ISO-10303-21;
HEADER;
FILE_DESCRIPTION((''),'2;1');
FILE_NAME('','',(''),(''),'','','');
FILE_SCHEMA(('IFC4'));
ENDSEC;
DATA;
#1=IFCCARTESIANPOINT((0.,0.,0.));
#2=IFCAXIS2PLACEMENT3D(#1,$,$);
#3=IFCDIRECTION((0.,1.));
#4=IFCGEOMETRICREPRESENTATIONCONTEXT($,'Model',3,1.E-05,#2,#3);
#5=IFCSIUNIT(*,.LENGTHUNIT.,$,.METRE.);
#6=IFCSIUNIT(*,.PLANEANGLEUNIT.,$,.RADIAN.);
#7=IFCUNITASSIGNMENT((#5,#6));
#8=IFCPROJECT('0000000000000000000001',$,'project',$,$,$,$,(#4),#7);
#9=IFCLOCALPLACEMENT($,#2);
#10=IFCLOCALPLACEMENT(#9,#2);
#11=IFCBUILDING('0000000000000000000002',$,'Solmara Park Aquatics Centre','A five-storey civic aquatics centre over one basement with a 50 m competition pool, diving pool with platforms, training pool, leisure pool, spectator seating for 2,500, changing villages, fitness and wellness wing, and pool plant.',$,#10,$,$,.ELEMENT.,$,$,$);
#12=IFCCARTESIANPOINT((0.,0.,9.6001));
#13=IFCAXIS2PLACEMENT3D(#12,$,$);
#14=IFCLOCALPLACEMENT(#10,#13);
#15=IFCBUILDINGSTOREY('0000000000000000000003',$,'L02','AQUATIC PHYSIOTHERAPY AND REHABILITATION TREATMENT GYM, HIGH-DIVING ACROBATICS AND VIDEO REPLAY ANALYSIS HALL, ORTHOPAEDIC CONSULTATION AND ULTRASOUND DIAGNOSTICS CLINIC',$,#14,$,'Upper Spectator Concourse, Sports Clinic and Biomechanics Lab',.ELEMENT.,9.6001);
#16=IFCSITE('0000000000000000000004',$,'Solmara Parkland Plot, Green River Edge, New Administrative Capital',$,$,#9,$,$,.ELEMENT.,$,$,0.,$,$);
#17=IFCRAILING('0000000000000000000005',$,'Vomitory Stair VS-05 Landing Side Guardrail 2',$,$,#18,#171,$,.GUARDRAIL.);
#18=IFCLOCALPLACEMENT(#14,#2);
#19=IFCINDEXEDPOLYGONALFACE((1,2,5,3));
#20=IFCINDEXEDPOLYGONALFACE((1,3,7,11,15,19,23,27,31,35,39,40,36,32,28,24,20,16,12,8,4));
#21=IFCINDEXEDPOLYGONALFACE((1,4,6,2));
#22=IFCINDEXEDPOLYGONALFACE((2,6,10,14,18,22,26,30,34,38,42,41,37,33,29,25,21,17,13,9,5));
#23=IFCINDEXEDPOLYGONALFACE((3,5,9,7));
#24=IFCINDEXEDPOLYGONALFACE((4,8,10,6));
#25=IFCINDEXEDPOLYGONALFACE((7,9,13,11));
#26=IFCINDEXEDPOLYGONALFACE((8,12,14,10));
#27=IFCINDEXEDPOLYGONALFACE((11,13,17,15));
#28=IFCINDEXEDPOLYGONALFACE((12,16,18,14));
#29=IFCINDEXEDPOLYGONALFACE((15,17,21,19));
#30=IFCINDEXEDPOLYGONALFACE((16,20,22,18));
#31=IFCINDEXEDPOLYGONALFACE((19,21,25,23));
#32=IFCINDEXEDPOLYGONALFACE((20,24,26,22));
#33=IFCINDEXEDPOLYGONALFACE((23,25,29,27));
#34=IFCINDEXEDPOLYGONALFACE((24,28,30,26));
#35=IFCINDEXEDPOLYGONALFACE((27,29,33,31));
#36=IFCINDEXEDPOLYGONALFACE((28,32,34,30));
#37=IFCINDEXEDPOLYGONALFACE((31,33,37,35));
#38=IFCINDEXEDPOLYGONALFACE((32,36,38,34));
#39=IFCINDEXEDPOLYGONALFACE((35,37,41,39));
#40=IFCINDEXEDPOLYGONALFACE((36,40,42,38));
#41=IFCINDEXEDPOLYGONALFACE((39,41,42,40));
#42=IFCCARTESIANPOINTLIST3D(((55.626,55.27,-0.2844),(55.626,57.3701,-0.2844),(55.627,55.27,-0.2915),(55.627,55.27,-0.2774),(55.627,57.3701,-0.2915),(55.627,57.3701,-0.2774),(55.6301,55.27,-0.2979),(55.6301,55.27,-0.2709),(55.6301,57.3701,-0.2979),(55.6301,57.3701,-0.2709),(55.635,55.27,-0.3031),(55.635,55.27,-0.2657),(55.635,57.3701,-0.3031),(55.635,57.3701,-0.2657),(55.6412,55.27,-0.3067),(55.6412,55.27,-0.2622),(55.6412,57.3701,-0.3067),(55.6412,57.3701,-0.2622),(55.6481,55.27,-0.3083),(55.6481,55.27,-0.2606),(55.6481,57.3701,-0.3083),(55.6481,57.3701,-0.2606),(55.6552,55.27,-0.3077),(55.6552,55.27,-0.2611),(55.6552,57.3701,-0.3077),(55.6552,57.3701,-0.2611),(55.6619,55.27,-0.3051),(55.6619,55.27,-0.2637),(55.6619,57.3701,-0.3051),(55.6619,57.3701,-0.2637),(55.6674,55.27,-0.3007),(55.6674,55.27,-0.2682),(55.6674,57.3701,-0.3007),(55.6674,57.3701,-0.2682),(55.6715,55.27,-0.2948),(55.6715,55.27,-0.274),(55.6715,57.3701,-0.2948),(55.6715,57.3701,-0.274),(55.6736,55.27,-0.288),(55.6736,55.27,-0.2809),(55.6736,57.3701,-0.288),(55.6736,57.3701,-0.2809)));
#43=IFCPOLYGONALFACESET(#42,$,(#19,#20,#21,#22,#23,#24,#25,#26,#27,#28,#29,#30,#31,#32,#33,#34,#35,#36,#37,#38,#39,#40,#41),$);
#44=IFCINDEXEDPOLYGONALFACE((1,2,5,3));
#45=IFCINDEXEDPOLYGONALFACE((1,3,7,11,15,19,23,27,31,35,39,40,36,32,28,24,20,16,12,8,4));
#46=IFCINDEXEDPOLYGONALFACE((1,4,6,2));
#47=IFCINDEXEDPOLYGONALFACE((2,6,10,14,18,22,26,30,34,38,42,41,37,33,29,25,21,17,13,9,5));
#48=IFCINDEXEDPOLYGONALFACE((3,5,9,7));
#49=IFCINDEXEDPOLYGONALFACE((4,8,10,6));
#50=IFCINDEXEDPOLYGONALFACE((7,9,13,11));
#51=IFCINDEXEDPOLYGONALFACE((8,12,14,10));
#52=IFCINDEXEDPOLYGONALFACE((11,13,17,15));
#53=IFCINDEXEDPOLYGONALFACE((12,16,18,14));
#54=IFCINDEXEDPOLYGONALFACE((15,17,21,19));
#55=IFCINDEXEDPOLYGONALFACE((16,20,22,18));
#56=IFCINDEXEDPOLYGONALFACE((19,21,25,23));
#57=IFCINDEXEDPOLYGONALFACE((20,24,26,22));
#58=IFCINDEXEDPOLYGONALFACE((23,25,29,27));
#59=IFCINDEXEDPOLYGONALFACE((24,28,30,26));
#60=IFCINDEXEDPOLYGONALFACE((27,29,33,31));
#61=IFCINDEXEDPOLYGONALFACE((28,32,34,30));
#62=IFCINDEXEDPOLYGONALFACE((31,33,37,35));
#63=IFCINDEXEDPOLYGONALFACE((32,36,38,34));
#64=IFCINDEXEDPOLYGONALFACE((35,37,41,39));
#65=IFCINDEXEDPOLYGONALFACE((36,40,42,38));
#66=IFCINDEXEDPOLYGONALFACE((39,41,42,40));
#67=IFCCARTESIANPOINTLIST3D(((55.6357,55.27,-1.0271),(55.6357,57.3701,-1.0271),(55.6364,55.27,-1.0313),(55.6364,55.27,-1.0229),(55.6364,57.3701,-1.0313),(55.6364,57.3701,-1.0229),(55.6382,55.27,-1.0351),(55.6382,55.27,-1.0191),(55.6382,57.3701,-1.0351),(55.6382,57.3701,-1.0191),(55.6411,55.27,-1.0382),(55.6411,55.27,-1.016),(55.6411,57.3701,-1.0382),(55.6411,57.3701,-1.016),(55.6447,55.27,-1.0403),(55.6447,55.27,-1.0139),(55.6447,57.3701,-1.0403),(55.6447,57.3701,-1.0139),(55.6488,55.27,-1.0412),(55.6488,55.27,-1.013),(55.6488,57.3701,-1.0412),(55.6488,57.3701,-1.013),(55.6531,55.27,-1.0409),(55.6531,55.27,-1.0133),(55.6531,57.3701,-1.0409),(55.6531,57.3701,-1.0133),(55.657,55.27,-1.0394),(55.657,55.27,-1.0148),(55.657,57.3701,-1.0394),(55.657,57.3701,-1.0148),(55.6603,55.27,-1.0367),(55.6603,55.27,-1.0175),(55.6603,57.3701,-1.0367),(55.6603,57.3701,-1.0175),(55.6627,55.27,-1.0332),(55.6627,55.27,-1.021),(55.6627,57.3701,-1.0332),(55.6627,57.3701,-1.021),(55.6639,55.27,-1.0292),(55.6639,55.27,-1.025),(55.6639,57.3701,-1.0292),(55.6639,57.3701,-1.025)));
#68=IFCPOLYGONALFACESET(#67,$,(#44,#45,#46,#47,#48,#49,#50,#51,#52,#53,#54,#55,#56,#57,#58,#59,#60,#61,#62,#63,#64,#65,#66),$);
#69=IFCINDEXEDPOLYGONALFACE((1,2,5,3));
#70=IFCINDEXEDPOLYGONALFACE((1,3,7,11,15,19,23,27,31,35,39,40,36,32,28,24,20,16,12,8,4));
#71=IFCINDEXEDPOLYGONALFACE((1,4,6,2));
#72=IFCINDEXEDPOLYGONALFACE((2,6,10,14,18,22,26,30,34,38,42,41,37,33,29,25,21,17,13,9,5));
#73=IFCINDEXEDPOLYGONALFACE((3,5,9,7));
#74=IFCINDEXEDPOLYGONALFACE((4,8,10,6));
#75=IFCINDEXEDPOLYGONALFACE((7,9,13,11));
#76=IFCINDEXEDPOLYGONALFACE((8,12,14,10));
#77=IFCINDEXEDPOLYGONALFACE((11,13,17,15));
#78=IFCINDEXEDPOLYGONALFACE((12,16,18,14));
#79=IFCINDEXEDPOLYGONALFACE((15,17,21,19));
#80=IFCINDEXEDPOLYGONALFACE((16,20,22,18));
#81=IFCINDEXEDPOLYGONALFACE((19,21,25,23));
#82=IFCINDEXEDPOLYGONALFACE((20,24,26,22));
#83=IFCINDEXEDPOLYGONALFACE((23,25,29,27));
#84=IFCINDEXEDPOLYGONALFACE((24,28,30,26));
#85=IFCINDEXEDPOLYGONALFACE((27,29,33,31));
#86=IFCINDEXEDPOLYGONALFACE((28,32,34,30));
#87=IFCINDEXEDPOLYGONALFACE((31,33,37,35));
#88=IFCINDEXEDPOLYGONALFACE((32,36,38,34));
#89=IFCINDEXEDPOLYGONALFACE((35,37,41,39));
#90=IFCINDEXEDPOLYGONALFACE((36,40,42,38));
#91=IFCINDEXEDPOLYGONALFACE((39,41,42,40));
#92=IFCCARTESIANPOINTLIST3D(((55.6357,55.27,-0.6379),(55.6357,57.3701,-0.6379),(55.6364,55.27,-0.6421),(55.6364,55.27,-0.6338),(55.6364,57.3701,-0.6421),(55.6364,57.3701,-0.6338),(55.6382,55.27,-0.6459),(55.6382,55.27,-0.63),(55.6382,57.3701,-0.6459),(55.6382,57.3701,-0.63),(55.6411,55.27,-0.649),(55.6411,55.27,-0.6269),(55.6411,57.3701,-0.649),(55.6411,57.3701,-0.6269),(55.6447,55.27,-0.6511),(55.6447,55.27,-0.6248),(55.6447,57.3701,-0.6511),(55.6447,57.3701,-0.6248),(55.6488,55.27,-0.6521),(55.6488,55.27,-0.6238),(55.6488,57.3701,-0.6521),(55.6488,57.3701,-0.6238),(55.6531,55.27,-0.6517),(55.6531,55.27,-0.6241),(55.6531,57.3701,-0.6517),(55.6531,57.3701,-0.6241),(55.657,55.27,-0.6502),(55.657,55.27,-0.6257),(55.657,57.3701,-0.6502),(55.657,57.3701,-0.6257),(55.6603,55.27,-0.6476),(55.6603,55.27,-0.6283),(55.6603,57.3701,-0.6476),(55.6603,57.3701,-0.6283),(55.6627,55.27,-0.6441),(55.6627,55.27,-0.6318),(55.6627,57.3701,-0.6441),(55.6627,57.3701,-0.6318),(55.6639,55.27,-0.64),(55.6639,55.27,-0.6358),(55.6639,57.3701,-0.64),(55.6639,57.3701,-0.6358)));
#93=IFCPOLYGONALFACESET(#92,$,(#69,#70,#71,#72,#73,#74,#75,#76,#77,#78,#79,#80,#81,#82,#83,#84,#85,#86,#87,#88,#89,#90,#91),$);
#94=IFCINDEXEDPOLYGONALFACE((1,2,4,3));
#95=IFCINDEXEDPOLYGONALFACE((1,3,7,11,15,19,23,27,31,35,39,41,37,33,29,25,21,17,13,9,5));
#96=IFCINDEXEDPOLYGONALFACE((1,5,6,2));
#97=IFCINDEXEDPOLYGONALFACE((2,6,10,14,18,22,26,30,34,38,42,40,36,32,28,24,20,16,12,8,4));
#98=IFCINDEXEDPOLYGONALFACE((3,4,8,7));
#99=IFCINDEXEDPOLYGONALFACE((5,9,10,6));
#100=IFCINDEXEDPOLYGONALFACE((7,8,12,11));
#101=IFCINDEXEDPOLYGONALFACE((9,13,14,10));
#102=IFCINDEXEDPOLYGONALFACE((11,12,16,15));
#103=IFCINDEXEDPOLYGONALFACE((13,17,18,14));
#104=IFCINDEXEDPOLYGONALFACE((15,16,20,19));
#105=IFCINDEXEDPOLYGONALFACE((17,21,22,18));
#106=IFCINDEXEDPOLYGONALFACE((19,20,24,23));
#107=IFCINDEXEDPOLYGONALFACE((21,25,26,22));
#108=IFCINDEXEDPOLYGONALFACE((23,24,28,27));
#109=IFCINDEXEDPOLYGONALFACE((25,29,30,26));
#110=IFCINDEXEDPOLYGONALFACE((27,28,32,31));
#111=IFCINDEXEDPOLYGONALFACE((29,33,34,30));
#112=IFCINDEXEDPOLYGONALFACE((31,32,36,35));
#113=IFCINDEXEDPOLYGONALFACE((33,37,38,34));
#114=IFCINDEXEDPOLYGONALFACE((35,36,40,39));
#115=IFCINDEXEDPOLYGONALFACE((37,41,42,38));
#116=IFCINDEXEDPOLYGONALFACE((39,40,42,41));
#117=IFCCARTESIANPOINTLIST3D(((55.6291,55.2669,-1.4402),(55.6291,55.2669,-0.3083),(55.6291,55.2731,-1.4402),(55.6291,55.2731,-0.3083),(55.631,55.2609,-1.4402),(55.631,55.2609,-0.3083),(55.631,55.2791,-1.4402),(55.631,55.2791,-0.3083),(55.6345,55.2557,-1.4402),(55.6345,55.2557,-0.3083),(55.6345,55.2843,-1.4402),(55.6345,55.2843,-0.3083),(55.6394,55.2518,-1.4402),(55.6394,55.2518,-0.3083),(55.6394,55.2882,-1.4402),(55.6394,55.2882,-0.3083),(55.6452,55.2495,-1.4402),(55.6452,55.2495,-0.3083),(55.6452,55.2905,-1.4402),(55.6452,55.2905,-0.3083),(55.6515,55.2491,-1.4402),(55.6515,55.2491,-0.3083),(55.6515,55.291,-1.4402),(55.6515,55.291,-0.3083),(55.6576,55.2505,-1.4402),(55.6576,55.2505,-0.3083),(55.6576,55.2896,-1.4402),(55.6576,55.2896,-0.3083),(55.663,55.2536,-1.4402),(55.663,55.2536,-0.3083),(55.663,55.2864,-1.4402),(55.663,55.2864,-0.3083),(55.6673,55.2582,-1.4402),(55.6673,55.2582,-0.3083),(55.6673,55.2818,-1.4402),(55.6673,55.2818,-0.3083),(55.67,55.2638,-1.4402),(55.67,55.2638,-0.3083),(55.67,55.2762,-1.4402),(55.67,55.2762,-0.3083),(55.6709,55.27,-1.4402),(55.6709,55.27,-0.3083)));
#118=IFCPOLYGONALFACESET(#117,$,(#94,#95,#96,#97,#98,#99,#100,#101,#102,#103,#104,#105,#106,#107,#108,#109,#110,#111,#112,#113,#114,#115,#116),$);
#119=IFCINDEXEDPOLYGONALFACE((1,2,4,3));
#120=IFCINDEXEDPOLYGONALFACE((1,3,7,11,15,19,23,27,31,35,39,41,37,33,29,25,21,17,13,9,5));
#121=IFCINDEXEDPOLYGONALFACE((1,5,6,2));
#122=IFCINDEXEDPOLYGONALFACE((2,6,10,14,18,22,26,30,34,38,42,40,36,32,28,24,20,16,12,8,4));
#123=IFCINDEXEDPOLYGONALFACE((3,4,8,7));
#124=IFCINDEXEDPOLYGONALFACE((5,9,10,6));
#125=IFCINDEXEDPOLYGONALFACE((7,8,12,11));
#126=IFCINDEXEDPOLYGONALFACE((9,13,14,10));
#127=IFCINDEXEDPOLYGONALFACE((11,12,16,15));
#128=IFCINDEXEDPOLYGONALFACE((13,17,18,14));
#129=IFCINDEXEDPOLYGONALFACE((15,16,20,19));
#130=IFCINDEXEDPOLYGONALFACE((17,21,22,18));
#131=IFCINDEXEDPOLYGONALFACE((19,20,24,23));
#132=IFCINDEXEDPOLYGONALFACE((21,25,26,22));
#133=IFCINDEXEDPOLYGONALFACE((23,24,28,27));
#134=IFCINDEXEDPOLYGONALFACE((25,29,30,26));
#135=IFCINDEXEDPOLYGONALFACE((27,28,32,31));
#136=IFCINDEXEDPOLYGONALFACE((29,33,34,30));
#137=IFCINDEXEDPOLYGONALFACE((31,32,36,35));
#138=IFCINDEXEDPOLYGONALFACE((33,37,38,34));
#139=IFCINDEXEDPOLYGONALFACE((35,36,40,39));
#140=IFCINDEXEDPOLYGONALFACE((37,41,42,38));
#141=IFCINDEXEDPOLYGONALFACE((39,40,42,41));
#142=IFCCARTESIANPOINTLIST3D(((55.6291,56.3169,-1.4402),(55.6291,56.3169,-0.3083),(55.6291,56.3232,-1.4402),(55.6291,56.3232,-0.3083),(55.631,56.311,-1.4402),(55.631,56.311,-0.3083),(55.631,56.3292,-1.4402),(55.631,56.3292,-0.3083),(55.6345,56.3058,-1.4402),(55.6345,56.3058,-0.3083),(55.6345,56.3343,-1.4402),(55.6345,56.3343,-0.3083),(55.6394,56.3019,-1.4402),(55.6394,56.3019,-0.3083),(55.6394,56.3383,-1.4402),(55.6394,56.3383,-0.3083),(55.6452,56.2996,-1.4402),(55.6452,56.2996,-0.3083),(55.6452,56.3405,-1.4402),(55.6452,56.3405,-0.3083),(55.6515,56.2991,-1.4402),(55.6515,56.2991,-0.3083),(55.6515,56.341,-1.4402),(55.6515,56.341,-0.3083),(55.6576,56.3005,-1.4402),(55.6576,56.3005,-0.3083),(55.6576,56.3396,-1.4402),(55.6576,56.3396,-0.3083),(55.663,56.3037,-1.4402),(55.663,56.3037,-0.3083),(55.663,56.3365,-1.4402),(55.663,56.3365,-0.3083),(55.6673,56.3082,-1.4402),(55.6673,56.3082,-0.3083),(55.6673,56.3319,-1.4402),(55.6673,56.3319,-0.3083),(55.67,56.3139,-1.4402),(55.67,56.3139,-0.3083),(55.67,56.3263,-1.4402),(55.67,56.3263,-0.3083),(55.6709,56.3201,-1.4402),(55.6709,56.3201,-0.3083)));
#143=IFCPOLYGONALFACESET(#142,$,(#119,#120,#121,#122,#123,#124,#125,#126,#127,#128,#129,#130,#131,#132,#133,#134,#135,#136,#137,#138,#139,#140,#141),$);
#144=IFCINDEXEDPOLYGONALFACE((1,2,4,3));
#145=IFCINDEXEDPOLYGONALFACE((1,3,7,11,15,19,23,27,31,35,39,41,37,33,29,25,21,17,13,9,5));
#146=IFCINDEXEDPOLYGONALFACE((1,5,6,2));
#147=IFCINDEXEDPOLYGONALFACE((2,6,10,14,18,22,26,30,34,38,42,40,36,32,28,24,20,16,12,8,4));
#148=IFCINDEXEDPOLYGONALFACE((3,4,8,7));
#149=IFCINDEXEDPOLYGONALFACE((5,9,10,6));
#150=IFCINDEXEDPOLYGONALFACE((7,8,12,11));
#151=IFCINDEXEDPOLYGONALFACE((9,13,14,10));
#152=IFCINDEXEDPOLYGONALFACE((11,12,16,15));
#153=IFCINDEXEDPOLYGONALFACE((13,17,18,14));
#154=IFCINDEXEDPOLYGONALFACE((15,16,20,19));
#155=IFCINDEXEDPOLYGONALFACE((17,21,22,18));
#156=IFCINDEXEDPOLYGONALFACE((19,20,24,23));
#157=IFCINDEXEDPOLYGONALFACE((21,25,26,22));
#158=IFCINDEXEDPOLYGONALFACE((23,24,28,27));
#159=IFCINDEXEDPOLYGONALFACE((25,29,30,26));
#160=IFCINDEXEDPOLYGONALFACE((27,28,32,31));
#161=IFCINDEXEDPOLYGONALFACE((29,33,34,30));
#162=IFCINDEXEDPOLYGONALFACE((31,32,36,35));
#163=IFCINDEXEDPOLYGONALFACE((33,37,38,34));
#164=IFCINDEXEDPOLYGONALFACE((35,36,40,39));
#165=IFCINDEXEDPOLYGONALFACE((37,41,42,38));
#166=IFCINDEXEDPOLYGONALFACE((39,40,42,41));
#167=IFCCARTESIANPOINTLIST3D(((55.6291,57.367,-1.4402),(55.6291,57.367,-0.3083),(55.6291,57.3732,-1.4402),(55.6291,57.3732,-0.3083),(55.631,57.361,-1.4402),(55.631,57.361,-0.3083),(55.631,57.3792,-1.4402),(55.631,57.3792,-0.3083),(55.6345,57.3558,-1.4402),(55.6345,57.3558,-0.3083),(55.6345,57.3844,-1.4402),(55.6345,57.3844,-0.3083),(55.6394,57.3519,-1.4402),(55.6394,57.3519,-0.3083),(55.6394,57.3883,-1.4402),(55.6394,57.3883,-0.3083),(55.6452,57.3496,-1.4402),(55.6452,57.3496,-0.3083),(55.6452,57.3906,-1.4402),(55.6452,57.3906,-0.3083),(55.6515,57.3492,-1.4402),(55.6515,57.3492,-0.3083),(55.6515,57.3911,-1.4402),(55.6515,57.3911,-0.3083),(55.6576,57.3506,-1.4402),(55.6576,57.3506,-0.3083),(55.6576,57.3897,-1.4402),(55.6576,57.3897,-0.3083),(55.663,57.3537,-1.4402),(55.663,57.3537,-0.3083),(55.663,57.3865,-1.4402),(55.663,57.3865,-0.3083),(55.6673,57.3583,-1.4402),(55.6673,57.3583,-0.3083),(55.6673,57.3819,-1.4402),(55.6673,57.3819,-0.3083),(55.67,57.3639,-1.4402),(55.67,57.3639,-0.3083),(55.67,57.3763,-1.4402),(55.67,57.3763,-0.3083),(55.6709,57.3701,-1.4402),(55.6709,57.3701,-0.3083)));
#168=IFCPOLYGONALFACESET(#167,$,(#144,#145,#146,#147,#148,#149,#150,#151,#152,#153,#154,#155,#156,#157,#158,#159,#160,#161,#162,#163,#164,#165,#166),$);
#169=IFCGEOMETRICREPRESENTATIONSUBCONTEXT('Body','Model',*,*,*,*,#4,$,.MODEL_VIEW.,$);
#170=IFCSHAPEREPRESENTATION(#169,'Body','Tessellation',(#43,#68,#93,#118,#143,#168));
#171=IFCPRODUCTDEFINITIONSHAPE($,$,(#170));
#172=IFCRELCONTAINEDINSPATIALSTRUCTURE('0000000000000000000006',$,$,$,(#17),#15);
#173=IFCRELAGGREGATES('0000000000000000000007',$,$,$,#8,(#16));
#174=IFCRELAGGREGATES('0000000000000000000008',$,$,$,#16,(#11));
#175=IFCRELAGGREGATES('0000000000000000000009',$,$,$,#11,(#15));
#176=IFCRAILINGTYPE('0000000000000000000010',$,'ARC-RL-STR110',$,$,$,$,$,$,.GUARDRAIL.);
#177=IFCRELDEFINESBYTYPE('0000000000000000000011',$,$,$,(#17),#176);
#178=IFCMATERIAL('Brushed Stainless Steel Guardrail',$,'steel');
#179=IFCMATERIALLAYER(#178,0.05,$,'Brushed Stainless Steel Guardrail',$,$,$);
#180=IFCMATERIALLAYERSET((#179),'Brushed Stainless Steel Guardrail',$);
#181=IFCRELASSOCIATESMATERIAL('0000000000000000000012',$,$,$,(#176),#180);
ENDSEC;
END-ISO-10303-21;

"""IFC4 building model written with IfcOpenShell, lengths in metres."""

from ifc_helpers import new_model, si_unit, direction, frame, origin, origin_2d, place, context, subcontext, project, spatial, circle, extrude, material, layer, layer_set, type_object, element, save


model = new_model("IFC4")

# Units and contexts
model_context = context("Model", 3, precision=1e-05, world=origin(), true_north=direction((0.0, 1.0)))
body_context = subcontext(model_context, "Body", "Model", "MODEL_VIEW")
ifc_project = project(units=[si_unit("LENGTHUNIT", "METRE"), si_unit("PLANEANGLEUNIT", "RADIAN")], contexts=[model_context])

# Site, building, storey
site_placement = place(None, origin())
site = spatial("IfcSite", under=ifc_project, at=site_placement, Name="Solmara Parkland Plot, Green River Edge, New Administrative Capital", CompositionType="ELEMENT", RefElevation=0.0)
building_placement = place(site_placement, origin())
building = spatial("IfcBuilding", under=site, at=building_placement, Name="Solmara Park Aquatics Centre", Description="A five-storey civic aquatics centre over one basement with a 50 m competition pool, diving pool with platforms, training pool, leisure pool, spectator seating for 2,500, changing villages, fitness and wellness wing, and pool plant.", CompositionType="ELEMENT")
storey_placement = place(building_placement, frame((0.0, 0.0, 9.6001)))
storey = spatial("IfcBuildingStorey", under=building, at=storey_placement, Name="L02", Description="AQUATIC PHYSIOTHERAPY AND REHABILITATION TREATMENT GYM, HIGH-DIVING ACROBATICS AND VIDEO REPLAY ANALYSIS HALL, ORTHOPAEDIC CONSULTATION AND ULTRASOUND DIAGNOSTICS CLINIC", LongName="Upper Spectator Concourse, Sports Clinic and Biomechanics Lab", CompositionType="ELEMENT", Elevation=9.6001)

# Railing
ifc_material_1 = material(Name="Brushed Stainless Steel Guardrail", Category="steel")
ifc_layer_1 = layer(ifc_material_1, 0.05, Name="Brushed Stainless Steel Guardrail")
ifc_layer_set_1 = layer_set([ifc_layer_1], Name="Brushed Stainless Steel Guardrail")
railing_type_1 = type_object("IfcRailingType", Name="ARC-RL-STR110", PredefinedType="GUARDRAIL", material=ifc_layer_set_1)
for number, where, name in (
    (1, (55.6499, 55.27, -1.4402), "Vomitory Stair VS-05 Landing Side Guardrail 2"),
):
    element("IfcRailing", number, at=place(storey_placement, frame(where)), inside=storey, type_object=railing_type_1, Name=name, PredefinedType="GUARDRAIL", context=body_context, shape_type="SweptSolid", body=[
        extrude(circle(Radius=0.0239, at=origin_2d()), frame((0.0, 0.0, 1.1558), z_axis=(0.0, 1.0, 0.0), x_axis=(-1.0, 0.0, 0.0)), (0.0, 0.0, 1.0), 2.1001),
        extrude(circle(Radius=0.0142, at=origin_2d()), frame((0.0, 0.0, 0.4131), z_axis=(0.0, 1.0, 0.0), x_axis=(-1.0, 0.0, 0.0)), (0.0, 0.0, 1.0), 2.1001),
        extrude(circle(Radius=0.0142, at=origin_2d()), frame((0.0, 0.0, 0.8022), z_axis=(0.0, 1.0, 0.0), x_axis=(-1.0, 0.0, 0.0)), (0.0, 0.0, 1.0), 2.1001),
        extrude(circle(Radius=0.021, at=origin_2d()), origin(), (0.0, 0.0, 1.0), 1.1318),
        extrude(circle(Radius=0.021, at=origin_2d()), frame((0.0, 1.05, 0.0)), (0.0, 0.0, 1.0), 1.1318),
        extrude(circle(Radius=0.021, at=origin_2d()), frame((0.0, 2.1001, 0.0)), (0.0, 0.0, 1.0), 1.1318),
    ])

save(model, "model.ifc")
